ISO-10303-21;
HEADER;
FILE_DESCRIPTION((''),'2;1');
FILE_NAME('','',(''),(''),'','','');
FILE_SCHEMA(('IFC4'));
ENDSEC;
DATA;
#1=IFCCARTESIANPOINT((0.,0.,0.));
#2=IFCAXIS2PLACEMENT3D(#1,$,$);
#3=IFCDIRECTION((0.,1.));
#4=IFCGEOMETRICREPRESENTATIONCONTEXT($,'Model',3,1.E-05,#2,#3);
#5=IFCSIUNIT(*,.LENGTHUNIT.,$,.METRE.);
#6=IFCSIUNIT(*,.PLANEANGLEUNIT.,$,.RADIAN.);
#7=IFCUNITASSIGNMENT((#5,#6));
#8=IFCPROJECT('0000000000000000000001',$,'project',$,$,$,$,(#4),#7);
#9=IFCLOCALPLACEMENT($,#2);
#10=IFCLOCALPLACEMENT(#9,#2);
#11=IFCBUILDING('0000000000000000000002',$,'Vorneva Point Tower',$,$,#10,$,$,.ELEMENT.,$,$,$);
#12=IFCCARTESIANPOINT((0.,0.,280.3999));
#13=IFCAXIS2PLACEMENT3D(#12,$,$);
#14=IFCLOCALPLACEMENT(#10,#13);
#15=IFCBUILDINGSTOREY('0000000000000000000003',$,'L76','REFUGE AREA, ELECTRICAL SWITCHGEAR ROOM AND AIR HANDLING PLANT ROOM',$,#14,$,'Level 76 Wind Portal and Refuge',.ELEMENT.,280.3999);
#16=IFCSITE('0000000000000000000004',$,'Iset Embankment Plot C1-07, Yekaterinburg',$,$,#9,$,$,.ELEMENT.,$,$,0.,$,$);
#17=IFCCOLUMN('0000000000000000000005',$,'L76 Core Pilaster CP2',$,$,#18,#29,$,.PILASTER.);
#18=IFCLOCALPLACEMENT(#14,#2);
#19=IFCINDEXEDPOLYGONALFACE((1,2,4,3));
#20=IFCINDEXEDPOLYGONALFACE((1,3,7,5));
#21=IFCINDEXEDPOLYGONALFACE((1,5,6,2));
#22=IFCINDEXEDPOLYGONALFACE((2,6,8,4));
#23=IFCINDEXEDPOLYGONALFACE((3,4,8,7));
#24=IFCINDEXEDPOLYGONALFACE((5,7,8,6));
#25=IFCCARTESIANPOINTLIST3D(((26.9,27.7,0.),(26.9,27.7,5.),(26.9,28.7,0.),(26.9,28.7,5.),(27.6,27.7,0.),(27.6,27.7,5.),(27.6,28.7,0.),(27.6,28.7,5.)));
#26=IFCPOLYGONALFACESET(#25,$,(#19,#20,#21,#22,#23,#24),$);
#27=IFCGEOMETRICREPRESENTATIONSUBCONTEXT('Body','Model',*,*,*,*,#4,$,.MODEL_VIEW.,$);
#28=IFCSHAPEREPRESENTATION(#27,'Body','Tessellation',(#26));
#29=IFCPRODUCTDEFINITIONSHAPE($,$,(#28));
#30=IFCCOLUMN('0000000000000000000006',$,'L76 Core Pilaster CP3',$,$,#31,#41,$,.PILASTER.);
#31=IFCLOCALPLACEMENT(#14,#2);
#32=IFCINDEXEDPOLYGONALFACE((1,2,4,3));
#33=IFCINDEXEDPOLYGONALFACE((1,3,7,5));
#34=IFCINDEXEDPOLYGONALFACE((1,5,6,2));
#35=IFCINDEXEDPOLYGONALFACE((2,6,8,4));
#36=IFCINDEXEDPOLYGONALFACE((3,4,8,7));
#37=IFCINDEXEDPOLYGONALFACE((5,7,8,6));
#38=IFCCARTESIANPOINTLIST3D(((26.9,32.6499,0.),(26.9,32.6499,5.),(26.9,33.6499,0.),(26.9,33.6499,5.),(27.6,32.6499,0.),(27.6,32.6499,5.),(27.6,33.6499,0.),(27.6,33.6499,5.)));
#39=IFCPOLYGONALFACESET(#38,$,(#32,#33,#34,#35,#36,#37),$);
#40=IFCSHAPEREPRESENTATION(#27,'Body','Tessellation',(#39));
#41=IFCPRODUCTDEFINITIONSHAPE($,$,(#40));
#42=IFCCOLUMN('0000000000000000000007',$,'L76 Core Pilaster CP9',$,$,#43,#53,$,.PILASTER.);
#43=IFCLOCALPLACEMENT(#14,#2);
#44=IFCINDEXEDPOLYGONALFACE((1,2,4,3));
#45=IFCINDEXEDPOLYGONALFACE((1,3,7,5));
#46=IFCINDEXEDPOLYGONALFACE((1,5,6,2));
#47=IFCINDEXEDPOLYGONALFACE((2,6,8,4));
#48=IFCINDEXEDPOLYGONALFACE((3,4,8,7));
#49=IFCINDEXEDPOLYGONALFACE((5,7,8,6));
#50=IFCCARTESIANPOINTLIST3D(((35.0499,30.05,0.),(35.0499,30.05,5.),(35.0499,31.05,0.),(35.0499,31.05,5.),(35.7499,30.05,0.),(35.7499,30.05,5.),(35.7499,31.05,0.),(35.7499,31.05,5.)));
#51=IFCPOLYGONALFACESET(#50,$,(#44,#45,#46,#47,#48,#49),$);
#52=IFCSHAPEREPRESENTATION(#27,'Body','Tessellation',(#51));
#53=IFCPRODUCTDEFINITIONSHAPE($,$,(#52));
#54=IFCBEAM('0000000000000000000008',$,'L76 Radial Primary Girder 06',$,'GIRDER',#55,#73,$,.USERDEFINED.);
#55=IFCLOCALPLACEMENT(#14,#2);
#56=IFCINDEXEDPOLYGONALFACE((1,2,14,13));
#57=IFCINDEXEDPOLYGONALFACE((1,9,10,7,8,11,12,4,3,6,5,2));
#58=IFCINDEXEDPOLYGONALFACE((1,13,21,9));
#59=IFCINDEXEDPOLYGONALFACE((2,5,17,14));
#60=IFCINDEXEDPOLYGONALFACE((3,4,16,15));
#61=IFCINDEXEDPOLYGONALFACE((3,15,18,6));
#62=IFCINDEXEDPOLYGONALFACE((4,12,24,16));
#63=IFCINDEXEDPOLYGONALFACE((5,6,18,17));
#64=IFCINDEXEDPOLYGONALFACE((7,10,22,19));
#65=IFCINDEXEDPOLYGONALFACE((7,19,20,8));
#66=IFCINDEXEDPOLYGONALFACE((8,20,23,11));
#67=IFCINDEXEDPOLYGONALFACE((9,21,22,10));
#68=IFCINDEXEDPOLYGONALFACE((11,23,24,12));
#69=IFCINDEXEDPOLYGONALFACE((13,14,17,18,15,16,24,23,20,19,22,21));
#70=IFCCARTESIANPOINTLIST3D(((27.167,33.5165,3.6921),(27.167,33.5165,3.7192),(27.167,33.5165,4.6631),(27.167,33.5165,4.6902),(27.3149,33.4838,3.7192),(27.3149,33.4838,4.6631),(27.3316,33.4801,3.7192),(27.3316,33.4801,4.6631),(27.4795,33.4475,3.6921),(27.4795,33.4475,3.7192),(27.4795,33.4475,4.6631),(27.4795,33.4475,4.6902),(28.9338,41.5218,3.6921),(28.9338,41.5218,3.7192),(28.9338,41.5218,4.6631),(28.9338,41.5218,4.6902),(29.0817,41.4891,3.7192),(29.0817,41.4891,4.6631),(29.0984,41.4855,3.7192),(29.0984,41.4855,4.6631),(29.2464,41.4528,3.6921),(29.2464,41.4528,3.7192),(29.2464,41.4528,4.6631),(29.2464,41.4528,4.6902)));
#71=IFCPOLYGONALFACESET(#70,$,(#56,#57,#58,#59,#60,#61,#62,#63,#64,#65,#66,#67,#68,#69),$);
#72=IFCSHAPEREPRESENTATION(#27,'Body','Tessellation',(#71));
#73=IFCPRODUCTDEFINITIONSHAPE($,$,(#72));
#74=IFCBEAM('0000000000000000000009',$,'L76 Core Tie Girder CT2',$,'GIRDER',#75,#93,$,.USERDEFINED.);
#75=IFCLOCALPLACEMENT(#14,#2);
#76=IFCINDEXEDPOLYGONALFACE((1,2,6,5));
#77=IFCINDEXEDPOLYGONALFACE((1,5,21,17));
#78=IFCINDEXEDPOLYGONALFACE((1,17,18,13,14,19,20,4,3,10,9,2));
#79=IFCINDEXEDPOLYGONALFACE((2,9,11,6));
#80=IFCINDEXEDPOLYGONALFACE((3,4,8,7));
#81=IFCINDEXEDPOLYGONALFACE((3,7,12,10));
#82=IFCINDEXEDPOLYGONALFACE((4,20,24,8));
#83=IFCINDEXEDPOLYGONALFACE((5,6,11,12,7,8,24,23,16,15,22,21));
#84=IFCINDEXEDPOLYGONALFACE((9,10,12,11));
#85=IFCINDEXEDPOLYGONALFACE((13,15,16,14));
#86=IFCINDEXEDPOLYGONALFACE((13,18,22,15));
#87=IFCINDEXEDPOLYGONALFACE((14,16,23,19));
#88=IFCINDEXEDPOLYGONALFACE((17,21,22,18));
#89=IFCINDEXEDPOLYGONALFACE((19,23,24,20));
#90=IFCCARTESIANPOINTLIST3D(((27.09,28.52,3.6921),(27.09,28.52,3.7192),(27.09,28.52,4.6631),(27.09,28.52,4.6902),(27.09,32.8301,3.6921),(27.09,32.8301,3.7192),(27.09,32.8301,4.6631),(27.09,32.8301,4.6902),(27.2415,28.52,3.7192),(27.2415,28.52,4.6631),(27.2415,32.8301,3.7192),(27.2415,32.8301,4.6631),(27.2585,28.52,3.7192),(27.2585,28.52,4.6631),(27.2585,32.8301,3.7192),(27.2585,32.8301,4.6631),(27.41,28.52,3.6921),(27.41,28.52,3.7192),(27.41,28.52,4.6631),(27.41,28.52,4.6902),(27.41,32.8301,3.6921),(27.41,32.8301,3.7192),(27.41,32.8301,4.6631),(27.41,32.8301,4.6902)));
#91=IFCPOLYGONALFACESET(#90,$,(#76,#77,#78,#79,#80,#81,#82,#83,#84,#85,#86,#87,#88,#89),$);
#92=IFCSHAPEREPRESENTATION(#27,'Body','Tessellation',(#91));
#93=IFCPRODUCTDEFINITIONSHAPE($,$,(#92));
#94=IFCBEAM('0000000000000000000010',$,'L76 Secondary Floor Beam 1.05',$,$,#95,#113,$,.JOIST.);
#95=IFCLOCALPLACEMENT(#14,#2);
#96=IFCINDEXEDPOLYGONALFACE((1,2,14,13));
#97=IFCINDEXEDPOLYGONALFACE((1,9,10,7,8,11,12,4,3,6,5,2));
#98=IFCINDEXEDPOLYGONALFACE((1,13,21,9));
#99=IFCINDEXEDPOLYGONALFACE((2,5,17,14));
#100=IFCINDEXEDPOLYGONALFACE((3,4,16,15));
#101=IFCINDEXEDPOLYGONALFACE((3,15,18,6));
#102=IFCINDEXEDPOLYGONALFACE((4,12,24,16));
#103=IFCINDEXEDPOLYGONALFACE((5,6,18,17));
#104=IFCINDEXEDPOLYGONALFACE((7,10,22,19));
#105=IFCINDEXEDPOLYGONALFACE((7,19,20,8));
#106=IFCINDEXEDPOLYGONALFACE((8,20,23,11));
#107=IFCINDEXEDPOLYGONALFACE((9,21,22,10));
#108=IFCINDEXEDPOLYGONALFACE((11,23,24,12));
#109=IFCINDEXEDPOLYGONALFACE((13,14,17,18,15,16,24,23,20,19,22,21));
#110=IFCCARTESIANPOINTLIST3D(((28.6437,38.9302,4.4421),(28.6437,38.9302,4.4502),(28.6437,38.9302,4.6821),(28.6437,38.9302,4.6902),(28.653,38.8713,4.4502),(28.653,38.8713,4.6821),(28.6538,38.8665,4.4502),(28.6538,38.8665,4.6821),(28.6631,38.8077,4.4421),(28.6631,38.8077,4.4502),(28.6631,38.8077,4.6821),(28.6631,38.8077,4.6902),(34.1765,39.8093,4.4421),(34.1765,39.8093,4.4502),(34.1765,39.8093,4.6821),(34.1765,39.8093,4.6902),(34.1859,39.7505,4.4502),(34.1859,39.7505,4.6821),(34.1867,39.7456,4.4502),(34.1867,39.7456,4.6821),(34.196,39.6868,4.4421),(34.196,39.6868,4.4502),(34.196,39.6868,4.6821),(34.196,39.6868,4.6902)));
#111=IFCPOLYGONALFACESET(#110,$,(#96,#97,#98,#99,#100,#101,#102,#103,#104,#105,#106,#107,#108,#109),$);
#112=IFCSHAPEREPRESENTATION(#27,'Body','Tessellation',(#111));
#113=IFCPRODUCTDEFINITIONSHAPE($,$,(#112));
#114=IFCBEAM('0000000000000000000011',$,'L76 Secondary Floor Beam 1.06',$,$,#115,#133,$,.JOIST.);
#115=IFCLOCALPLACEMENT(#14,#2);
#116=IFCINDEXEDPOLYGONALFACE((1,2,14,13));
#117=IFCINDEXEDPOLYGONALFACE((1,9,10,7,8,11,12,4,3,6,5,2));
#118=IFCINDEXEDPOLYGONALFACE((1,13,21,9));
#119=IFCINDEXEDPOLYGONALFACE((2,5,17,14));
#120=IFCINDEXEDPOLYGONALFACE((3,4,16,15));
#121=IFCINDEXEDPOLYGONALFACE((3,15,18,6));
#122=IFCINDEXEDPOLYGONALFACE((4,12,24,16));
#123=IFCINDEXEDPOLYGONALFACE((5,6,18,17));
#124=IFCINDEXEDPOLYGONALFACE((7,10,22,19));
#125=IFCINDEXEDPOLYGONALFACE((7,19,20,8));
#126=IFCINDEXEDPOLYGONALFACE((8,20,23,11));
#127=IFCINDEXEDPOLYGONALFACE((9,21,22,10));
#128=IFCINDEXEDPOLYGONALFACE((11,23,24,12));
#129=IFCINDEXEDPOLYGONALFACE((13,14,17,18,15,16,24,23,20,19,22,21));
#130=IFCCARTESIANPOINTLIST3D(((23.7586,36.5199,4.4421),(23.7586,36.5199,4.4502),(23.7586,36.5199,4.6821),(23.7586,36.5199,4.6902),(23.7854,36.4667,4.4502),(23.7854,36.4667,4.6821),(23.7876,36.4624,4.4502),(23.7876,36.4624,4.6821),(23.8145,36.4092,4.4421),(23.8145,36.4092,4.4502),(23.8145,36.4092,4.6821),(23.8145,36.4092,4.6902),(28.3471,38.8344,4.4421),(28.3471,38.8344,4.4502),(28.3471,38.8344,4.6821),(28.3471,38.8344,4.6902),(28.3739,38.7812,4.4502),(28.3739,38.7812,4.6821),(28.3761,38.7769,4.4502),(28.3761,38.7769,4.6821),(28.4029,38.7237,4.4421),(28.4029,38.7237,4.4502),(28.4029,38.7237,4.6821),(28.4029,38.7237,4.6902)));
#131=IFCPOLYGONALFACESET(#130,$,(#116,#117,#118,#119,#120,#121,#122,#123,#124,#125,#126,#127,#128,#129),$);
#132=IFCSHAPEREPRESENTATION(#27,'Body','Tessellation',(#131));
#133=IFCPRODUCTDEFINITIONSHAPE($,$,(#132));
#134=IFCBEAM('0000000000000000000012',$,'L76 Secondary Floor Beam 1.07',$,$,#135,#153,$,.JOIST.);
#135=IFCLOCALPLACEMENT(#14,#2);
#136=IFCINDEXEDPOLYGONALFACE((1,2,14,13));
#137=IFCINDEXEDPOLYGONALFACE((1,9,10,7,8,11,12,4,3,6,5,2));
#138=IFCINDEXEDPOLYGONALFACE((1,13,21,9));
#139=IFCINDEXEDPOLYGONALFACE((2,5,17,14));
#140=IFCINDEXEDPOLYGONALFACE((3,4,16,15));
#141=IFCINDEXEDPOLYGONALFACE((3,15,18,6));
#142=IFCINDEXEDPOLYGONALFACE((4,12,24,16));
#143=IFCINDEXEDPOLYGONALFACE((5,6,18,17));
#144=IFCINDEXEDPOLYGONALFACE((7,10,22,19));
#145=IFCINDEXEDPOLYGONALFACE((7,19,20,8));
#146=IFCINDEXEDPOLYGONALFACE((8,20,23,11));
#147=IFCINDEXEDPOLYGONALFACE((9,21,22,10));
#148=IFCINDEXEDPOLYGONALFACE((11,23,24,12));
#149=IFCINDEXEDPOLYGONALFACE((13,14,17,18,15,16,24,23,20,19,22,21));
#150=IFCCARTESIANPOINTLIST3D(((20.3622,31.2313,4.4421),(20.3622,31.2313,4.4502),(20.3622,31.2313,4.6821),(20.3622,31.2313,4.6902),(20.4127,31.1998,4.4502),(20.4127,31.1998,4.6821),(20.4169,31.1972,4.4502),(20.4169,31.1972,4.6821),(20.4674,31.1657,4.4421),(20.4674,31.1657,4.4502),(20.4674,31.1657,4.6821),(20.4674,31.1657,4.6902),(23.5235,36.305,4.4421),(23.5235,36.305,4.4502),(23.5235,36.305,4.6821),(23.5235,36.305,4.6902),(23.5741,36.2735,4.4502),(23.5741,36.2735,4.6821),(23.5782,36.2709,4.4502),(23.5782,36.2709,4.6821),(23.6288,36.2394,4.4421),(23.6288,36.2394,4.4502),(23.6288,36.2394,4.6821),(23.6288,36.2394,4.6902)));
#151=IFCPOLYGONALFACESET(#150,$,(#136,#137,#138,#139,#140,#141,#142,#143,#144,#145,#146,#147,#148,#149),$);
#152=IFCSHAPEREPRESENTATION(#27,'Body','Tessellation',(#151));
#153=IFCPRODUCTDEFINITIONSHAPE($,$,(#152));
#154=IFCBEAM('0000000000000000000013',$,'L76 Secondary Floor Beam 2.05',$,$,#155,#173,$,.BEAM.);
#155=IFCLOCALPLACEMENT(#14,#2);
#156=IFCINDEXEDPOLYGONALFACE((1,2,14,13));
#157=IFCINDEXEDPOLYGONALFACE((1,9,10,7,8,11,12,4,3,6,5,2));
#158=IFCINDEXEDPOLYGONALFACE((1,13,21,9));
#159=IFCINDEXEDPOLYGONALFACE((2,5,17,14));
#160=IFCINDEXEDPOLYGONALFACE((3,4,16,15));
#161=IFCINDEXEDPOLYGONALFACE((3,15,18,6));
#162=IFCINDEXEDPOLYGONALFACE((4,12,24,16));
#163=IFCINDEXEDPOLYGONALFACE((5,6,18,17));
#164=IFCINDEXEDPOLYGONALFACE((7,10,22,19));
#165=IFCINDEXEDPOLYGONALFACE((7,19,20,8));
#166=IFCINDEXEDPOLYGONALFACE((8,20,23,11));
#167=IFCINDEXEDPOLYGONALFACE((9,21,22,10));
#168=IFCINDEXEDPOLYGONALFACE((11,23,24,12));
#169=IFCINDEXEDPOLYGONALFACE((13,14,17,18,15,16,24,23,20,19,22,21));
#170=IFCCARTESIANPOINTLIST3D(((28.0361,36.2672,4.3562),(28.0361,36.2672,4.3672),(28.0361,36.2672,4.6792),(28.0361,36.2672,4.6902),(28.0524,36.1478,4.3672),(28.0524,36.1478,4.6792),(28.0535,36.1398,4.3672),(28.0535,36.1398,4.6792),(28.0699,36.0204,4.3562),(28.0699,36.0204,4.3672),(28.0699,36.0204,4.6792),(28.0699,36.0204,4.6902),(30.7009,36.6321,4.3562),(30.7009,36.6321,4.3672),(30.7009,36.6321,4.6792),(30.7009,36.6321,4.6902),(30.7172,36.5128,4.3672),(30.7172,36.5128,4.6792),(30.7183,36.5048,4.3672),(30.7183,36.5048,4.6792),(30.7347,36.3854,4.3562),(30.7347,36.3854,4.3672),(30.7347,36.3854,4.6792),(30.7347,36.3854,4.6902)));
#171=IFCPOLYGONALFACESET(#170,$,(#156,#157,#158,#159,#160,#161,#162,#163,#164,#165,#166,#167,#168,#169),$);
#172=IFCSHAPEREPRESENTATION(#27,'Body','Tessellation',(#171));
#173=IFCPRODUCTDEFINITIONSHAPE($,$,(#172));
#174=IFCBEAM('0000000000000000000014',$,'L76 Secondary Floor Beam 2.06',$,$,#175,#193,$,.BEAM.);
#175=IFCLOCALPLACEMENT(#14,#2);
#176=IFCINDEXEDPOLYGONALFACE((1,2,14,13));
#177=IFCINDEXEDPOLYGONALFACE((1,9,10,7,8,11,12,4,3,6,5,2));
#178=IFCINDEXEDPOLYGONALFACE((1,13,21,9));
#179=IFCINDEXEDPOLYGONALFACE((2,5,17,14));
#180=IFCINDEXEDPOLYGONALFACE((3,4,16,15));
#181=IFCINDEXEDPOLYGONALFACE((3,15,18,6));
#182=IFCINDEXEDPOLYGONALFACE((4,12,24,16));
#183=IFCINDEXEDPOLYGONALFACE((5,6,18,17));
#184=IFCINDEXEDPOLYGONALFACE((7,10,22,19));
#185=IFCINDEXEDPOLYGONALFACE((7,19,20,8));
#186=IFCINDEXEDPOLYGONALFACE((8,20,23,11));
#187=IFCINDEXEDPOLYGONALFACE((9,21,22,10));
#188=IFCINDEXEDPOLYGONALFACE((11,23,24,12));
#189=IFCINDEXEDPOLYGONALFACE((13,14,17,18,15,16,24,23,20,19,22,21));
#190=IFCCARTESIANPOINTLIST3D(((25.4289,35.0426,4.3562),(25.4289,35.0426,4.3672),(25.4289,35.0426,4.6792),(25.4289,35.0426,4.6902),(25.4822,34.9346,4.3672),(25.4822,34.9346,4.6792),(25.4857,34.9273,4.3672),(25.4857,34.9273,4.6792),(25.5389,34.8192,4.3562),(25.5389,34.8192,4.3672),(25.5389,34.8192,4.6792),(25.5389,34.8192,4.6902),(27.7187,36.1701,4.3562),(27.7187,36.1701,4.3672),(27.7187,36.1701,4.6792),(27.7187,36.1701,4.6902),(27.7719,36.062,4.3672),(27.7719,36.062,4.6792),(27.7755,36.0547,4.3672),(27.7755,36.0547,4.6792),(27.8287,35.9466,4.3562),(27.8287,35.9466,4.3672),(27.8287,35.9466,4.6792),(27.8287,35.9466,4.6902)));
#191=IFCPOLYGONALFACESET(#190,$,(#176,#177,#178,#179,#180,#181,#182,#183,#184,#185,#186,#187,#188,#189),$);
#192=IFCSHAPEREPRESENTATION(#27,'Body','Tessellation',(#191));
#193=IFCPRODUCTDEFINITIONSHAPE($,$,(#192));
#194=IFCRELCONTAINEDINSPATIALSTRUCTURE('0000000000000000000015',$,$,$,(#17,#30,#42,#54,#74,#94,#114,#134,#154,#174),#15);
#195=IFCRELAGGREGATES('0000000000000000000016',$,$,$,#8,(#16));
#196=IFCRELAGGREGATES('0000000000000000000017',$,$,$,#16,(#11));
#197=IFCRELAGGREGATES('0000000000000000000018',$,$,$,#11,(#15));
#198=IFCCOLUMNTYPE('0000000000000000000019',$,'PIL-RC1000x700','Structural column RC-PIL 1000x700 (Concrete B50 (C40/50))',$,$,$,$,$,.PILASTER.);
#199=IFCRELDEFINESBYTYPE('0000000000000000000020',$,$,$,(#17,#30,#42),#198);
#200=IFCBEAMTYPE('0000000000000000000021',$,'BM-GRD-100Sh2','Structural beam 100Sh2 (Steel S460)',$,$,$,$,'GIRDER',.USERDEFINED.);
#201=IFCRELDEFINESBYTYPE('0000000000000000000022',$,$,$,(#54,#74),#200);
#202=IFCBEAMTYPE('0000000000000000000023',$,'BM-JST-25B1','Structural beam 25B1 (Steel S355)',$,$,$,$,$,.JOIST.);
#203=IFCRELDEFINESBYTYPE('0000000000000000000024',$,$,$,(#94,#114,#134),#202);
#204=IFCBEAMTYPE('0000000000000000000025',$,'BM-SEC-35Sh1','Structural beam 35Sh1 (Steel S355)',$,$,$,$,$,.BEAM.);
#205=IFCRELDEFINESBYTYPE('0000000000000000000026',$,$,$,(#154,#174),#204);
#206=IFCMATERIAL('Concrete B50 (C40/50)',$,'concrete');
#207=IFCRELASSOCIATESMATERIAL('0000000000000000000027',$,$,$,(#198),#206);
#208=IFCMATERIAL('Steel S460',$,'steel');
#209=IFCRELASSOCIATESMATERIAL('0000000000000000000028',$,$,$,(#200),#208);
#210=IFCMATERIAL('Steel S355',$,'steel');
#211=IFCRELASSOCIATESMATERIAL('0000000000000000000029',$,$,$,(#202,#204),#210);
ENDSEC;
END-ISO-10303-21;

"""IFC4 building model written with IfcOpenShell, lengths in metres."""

from ifc_helpers import new_model, si_unit, direction, frame, origin, origin_2d, place, context, subcontext, project, spatial, rectangle, i_section, extrude, material, material_profile, profile_set, type_object, element, save


model = new_model("IFC4")

# Units and contexts
model_context = context("Model", 3, precision=1e-05, world=origin(), true_north=direction((0.0, 1.0)))
body_context = subcontext(model_context, "Body", "Model", "MODEL_VIEW")
ifc_project = project(units=[si_unit("LENGTHUNIT", "METRE"), si_unit("PLANEANGLEUNIT", "RADIAN")], contexts=[model_context])

# Site, building, storey
site_placement = place(None, origin())
site = spatial("IfcSite", under=ifc_project, at=site_placement, Name="Iset Embankment Plot C1-07, Yekaterinburg", CompositionType="ELEMENT", RefElevation=0.0)
building_placement = place(site_placement, origin())
building = spatial("IfcBuilding", under=site, at=building_placement, Name="Vorneva Point Tower", CompositionType="ELEMENT")
storey_placement = place(building_placement, frame((0.0, 0.0, 280.3999)))
storey = spatial("IfcBuildingStorey", under=building, at=storey_placement, Name="L76", Description="REFUGE AREA, ELECTRICAL SWITCHGEAR ROOM AND AIR HANDLING PLANT ROOM", LongName="Level 76 Wind Portal and Refuge", CompositionType="ELEMENT", Elevation=280.3999)

# Columns
ifc_material_1 = material(Name="Concrete B50 (C40/50)", Category="concrete")
ifc_material_profile_1 = material_profile(ifc_material_1, rectangle(XDim=0.7, YDim=1.0, at=origin_2d()), Name="RC-PIL 1000x700")
ifc_profile_set_1 = profile_set([ifc_material_profile_1], Name="Concrete B50 (C40/50)")
column_type_1 = type_object("IfcColumnType", Name="PIL-RC1000x700", Description="Structural column RC-PIL 1000x700 (Concrete B50 (C40/50))", PredefinedType="PILASTER", material=ifc_profile_set_1)
for number, where, z_axis, x_axis, name in (
    (1, (27.25, 28.2, 0.0), (0.0, 0.0, 1.0), (1.0, 0.0, 0.0), "L76 Core Pilaster CP2"),
    (2, (27.25, 33.1499, 0.0), (0.0, 0.0, 1.0), (1.0, 0.0, 0.0), "L76 Core Pilaster CP3"),
    (3, (35.3999, 30.55, 0.0), (0.0, 0.0, 1.0), (1.0, 0.0, 0.0), "L76 Core Pilaster CP9"),
):
    element("IfcColumn", number, at=place(storey_placement, frame(where, z_axis=z_axis, x_axis=x_axis)), inside=storey, type_object=column_type_1, Name=name, PredefinedType="PILASTER", context=body_context, shape_type="SweptSolid", body=[
        extrude(rectangle(XDim=0.7, YDim=1.0, at=origin_2d()), origin(), (0.0, 0.0, 1.0), 5.0),
    ])

# Beams
ifc_material_2 = material(Name="Steel S460", Category="steel")
ifc_material_profile_2 = material_profile(ifc_material_2, i_section(OverallWidth=0.3201, OverallDepth=0.998, WebThickness=0.0171, FlangeThickness=0.0271, at=origin_2d()), Name="100Sh2")
ifc_profile_set_2 = profile_set([ifc_material_profile_2], Name="Steel S460")
beam_type_1 = type_object("IfcBeamType", Name="BM-GRD-100Sh2", Description="Structural beam 100Sh2 (Steel S460)", ElementType="GIRDER", PredefinedType="USERDEFINED", material=ifc_profile_set_2)
beam_1_placement = place(storey_placement, frame((29.0901, 41.4873, 4.1912), z_axis=(-0.215521, -0.976499, 0.0), x_axis=(0.976499, -0.215521, 0.0)))
element("IfcBeam", 4, at=beam_1_placement, inside=storey, type_object=beam_type_1, Name="L76 Radial Primary Girder 06", ObjectType="GIRDER", PredefinedType="USERDEFINED", context=body_context, shape_type="SweptSolid", body=[
    extrude(i_section(OverallWidth=0.3201, OverallDepth=0.998, WebThickness=0.0171, FlangeThickness=0.0271, at=origin_2d()), origin(), (0.0, 0.0, 1.0), 8.198),
])
beam_2_placement = place(storey_placement, frame((27.25, 28.52, 4.1912), z_axis=(0.0, 1.0, 0.0), x_axis=(-1.0, 0.0, 0.0)))
element("IfcBeam", 5, at=beam_2_placement, inside=storey, type_object=beam_type_1, Name="L76 Core Tie Girder CT2", ObjectType="GIRDER", PredefinedType="USERDEFINED", context=body_context, shape_type="SweptSolid", body=[
    extrude(i_section(OverallWidth=0.3201, OverallDepth=0.998, WebThickness=0.0171, FlangeThickness=0.0271, at=origin_2d()), origin(), (0.0, 0.0, 1.0), 4.3101),
])
ifc_material_3 = material(Name="Steel S355", Category="steel")
ifc_material_profile_3 = material_profile(ifc_material_3, i_section(OverallWidth=0.124, OverallDepth=0.248, WebThickness=0.0049, FlangeThickness=0.0081, at=origin_2d()), Name="25B1")
ifc_profile_set_3 = profile_set([ifc_material_profile_3], Name="Steel S355")
beam_type_2 = type_object("IfcBeamType", Name="BM-JST-25B1", Description="Structural beam 25B1 (Steel S355)", PredefinedType="JOIST", material=ifc_profile_set_3)
beam_3_placement = place(storey_placement, frame((34.1863, 39.748, 4.5662), z_axis=(-0.987611, -0.156925, 0.0), x_axis=(0.156925, -0.987611, 0.0)))
element("IfcBeam", 6, at=beam_3_placement, inside=storey, type_object=beam_type_2, Name="L76 Secondary Floor Beam 1.05", PredefinedType="JOIST", context=body_context, shape_type="SweptSolid", body=[
    extrude(i_section(OverallWidth=0.124, OverallDepth=0.248, WebThickness=0.0049, FlangeThickness=0.0081, at=origin_2d()), origin(), (0.0, 0.0, 1.0), 5.6023),
])
beam_4_placement = place(storey_placement, frame((28.375, 38.7791, 4.5662), z_axis=(-0.892844, -0.450365, 0.0), x_axis=(0.450365, -0.892844, 0.0)))
element("IfcBeam", 7, at=beam_4_placement, inside=storey, type_object=beam_type_2, Name="L76 Secondary Floor Beam 1.06", PredefinedType="JOIST", context=body_context, shape_type="SweptSolid", body=[
    extrude(i_section(OverallWidth=0.124, OverallDepth=0.248, WebThickness=0.0049, FlangeThickness=0.0081, at=origin_2d()), origin(), (0.0, 0.0, 1.0), 5.1392),
])
beam_5_placement = place(storey_placement, frame((23.5762, 36.2722, 4.5662), z_axis=(-0.528831, -0.848727, 0.0), x_axis=(0.848727, -0.528831, 0.0)))
element("IfcBeam", 8, at=beam_5_placement, inside=storey, type_object=beam_type_2, Name="L76 Secondary Floor Beam 1.07", PredefinedType="JOIST", context=body_context, shape_type="SweptSolid", body=[
    extrude(i_section(OverallWidth=0.124, OverallDepth=0.248, WebThickness=0.0049, FlangeThickness=0.0081, at=origin_2d()), origin(), (0.0, 0.0, 1.0), 5.978),
])
ifc_material_profile_4 = material_profile(ifc_material_3, i_section(OverallWidth=0.249, OverallDepth=0.334, WebThickness=0.0081, FlangeThickness=0.011, at=origin_2d()), Name="35Sh1")
ifc_profile_set_4 = profile_set([ifc_material_profile_4], Name="Steel S355")
beam_type_3 = type_object("IfcBeamType", Name="BM-SEC-35Sh1", Description="Structural beam 35Sh1 (Steel S355)", PredefinedType="BEAM", material=ifc_profile_set_4)
beam_6_placement = place(storey_placement, frame((30.7178, 36.5088, 4.5232), z_axis=(-0.99075, -0.135701, 0.0), x_axis=(0.135701, -0.99075, 0.0)))
element("IfcBeam", 9, at=beam_6_placement, inside=storey, type_object=beam_type_3, Name="L76 Secondary Floor Beam 2.05", PredefinedType="BEAM", context=body_context, shape_type="SweptSolid", body=[
    extrude(i_section(OverallWidth=0.249, OverallDepth=0.334, WebThickness=0.0081, FlangeThickness=0.011, at=origin_2d()), origin(), (0.0, 0.0, 1.0), 2.6897),
])
beam_7_placement = place(storey_placement, frame((27.7737, 36.0583, 4.5232), z_axis=(-0.897146, -0.441734, 0.0), x_axis=(0.441734, -0.897146, 0.0)))
element("IfcBeam", 10, at=beam_7_placement, inside=storey, type_object=beam_type_3, Name="L76 Secondary Floor Beam 2.06", PredefinedType="BEAM", context=body_context, shape_type="SweptSolid", body=[
    extrude(i_section(OverallWidth=0.249, OverallDepth=0.334, WebThickness=0.0081, FlangeThickness=0.011, at=origin_2d()), origin(), (0.0, 0.0, 1.0), 2.5522),
])

save(model, "model.ifc")
